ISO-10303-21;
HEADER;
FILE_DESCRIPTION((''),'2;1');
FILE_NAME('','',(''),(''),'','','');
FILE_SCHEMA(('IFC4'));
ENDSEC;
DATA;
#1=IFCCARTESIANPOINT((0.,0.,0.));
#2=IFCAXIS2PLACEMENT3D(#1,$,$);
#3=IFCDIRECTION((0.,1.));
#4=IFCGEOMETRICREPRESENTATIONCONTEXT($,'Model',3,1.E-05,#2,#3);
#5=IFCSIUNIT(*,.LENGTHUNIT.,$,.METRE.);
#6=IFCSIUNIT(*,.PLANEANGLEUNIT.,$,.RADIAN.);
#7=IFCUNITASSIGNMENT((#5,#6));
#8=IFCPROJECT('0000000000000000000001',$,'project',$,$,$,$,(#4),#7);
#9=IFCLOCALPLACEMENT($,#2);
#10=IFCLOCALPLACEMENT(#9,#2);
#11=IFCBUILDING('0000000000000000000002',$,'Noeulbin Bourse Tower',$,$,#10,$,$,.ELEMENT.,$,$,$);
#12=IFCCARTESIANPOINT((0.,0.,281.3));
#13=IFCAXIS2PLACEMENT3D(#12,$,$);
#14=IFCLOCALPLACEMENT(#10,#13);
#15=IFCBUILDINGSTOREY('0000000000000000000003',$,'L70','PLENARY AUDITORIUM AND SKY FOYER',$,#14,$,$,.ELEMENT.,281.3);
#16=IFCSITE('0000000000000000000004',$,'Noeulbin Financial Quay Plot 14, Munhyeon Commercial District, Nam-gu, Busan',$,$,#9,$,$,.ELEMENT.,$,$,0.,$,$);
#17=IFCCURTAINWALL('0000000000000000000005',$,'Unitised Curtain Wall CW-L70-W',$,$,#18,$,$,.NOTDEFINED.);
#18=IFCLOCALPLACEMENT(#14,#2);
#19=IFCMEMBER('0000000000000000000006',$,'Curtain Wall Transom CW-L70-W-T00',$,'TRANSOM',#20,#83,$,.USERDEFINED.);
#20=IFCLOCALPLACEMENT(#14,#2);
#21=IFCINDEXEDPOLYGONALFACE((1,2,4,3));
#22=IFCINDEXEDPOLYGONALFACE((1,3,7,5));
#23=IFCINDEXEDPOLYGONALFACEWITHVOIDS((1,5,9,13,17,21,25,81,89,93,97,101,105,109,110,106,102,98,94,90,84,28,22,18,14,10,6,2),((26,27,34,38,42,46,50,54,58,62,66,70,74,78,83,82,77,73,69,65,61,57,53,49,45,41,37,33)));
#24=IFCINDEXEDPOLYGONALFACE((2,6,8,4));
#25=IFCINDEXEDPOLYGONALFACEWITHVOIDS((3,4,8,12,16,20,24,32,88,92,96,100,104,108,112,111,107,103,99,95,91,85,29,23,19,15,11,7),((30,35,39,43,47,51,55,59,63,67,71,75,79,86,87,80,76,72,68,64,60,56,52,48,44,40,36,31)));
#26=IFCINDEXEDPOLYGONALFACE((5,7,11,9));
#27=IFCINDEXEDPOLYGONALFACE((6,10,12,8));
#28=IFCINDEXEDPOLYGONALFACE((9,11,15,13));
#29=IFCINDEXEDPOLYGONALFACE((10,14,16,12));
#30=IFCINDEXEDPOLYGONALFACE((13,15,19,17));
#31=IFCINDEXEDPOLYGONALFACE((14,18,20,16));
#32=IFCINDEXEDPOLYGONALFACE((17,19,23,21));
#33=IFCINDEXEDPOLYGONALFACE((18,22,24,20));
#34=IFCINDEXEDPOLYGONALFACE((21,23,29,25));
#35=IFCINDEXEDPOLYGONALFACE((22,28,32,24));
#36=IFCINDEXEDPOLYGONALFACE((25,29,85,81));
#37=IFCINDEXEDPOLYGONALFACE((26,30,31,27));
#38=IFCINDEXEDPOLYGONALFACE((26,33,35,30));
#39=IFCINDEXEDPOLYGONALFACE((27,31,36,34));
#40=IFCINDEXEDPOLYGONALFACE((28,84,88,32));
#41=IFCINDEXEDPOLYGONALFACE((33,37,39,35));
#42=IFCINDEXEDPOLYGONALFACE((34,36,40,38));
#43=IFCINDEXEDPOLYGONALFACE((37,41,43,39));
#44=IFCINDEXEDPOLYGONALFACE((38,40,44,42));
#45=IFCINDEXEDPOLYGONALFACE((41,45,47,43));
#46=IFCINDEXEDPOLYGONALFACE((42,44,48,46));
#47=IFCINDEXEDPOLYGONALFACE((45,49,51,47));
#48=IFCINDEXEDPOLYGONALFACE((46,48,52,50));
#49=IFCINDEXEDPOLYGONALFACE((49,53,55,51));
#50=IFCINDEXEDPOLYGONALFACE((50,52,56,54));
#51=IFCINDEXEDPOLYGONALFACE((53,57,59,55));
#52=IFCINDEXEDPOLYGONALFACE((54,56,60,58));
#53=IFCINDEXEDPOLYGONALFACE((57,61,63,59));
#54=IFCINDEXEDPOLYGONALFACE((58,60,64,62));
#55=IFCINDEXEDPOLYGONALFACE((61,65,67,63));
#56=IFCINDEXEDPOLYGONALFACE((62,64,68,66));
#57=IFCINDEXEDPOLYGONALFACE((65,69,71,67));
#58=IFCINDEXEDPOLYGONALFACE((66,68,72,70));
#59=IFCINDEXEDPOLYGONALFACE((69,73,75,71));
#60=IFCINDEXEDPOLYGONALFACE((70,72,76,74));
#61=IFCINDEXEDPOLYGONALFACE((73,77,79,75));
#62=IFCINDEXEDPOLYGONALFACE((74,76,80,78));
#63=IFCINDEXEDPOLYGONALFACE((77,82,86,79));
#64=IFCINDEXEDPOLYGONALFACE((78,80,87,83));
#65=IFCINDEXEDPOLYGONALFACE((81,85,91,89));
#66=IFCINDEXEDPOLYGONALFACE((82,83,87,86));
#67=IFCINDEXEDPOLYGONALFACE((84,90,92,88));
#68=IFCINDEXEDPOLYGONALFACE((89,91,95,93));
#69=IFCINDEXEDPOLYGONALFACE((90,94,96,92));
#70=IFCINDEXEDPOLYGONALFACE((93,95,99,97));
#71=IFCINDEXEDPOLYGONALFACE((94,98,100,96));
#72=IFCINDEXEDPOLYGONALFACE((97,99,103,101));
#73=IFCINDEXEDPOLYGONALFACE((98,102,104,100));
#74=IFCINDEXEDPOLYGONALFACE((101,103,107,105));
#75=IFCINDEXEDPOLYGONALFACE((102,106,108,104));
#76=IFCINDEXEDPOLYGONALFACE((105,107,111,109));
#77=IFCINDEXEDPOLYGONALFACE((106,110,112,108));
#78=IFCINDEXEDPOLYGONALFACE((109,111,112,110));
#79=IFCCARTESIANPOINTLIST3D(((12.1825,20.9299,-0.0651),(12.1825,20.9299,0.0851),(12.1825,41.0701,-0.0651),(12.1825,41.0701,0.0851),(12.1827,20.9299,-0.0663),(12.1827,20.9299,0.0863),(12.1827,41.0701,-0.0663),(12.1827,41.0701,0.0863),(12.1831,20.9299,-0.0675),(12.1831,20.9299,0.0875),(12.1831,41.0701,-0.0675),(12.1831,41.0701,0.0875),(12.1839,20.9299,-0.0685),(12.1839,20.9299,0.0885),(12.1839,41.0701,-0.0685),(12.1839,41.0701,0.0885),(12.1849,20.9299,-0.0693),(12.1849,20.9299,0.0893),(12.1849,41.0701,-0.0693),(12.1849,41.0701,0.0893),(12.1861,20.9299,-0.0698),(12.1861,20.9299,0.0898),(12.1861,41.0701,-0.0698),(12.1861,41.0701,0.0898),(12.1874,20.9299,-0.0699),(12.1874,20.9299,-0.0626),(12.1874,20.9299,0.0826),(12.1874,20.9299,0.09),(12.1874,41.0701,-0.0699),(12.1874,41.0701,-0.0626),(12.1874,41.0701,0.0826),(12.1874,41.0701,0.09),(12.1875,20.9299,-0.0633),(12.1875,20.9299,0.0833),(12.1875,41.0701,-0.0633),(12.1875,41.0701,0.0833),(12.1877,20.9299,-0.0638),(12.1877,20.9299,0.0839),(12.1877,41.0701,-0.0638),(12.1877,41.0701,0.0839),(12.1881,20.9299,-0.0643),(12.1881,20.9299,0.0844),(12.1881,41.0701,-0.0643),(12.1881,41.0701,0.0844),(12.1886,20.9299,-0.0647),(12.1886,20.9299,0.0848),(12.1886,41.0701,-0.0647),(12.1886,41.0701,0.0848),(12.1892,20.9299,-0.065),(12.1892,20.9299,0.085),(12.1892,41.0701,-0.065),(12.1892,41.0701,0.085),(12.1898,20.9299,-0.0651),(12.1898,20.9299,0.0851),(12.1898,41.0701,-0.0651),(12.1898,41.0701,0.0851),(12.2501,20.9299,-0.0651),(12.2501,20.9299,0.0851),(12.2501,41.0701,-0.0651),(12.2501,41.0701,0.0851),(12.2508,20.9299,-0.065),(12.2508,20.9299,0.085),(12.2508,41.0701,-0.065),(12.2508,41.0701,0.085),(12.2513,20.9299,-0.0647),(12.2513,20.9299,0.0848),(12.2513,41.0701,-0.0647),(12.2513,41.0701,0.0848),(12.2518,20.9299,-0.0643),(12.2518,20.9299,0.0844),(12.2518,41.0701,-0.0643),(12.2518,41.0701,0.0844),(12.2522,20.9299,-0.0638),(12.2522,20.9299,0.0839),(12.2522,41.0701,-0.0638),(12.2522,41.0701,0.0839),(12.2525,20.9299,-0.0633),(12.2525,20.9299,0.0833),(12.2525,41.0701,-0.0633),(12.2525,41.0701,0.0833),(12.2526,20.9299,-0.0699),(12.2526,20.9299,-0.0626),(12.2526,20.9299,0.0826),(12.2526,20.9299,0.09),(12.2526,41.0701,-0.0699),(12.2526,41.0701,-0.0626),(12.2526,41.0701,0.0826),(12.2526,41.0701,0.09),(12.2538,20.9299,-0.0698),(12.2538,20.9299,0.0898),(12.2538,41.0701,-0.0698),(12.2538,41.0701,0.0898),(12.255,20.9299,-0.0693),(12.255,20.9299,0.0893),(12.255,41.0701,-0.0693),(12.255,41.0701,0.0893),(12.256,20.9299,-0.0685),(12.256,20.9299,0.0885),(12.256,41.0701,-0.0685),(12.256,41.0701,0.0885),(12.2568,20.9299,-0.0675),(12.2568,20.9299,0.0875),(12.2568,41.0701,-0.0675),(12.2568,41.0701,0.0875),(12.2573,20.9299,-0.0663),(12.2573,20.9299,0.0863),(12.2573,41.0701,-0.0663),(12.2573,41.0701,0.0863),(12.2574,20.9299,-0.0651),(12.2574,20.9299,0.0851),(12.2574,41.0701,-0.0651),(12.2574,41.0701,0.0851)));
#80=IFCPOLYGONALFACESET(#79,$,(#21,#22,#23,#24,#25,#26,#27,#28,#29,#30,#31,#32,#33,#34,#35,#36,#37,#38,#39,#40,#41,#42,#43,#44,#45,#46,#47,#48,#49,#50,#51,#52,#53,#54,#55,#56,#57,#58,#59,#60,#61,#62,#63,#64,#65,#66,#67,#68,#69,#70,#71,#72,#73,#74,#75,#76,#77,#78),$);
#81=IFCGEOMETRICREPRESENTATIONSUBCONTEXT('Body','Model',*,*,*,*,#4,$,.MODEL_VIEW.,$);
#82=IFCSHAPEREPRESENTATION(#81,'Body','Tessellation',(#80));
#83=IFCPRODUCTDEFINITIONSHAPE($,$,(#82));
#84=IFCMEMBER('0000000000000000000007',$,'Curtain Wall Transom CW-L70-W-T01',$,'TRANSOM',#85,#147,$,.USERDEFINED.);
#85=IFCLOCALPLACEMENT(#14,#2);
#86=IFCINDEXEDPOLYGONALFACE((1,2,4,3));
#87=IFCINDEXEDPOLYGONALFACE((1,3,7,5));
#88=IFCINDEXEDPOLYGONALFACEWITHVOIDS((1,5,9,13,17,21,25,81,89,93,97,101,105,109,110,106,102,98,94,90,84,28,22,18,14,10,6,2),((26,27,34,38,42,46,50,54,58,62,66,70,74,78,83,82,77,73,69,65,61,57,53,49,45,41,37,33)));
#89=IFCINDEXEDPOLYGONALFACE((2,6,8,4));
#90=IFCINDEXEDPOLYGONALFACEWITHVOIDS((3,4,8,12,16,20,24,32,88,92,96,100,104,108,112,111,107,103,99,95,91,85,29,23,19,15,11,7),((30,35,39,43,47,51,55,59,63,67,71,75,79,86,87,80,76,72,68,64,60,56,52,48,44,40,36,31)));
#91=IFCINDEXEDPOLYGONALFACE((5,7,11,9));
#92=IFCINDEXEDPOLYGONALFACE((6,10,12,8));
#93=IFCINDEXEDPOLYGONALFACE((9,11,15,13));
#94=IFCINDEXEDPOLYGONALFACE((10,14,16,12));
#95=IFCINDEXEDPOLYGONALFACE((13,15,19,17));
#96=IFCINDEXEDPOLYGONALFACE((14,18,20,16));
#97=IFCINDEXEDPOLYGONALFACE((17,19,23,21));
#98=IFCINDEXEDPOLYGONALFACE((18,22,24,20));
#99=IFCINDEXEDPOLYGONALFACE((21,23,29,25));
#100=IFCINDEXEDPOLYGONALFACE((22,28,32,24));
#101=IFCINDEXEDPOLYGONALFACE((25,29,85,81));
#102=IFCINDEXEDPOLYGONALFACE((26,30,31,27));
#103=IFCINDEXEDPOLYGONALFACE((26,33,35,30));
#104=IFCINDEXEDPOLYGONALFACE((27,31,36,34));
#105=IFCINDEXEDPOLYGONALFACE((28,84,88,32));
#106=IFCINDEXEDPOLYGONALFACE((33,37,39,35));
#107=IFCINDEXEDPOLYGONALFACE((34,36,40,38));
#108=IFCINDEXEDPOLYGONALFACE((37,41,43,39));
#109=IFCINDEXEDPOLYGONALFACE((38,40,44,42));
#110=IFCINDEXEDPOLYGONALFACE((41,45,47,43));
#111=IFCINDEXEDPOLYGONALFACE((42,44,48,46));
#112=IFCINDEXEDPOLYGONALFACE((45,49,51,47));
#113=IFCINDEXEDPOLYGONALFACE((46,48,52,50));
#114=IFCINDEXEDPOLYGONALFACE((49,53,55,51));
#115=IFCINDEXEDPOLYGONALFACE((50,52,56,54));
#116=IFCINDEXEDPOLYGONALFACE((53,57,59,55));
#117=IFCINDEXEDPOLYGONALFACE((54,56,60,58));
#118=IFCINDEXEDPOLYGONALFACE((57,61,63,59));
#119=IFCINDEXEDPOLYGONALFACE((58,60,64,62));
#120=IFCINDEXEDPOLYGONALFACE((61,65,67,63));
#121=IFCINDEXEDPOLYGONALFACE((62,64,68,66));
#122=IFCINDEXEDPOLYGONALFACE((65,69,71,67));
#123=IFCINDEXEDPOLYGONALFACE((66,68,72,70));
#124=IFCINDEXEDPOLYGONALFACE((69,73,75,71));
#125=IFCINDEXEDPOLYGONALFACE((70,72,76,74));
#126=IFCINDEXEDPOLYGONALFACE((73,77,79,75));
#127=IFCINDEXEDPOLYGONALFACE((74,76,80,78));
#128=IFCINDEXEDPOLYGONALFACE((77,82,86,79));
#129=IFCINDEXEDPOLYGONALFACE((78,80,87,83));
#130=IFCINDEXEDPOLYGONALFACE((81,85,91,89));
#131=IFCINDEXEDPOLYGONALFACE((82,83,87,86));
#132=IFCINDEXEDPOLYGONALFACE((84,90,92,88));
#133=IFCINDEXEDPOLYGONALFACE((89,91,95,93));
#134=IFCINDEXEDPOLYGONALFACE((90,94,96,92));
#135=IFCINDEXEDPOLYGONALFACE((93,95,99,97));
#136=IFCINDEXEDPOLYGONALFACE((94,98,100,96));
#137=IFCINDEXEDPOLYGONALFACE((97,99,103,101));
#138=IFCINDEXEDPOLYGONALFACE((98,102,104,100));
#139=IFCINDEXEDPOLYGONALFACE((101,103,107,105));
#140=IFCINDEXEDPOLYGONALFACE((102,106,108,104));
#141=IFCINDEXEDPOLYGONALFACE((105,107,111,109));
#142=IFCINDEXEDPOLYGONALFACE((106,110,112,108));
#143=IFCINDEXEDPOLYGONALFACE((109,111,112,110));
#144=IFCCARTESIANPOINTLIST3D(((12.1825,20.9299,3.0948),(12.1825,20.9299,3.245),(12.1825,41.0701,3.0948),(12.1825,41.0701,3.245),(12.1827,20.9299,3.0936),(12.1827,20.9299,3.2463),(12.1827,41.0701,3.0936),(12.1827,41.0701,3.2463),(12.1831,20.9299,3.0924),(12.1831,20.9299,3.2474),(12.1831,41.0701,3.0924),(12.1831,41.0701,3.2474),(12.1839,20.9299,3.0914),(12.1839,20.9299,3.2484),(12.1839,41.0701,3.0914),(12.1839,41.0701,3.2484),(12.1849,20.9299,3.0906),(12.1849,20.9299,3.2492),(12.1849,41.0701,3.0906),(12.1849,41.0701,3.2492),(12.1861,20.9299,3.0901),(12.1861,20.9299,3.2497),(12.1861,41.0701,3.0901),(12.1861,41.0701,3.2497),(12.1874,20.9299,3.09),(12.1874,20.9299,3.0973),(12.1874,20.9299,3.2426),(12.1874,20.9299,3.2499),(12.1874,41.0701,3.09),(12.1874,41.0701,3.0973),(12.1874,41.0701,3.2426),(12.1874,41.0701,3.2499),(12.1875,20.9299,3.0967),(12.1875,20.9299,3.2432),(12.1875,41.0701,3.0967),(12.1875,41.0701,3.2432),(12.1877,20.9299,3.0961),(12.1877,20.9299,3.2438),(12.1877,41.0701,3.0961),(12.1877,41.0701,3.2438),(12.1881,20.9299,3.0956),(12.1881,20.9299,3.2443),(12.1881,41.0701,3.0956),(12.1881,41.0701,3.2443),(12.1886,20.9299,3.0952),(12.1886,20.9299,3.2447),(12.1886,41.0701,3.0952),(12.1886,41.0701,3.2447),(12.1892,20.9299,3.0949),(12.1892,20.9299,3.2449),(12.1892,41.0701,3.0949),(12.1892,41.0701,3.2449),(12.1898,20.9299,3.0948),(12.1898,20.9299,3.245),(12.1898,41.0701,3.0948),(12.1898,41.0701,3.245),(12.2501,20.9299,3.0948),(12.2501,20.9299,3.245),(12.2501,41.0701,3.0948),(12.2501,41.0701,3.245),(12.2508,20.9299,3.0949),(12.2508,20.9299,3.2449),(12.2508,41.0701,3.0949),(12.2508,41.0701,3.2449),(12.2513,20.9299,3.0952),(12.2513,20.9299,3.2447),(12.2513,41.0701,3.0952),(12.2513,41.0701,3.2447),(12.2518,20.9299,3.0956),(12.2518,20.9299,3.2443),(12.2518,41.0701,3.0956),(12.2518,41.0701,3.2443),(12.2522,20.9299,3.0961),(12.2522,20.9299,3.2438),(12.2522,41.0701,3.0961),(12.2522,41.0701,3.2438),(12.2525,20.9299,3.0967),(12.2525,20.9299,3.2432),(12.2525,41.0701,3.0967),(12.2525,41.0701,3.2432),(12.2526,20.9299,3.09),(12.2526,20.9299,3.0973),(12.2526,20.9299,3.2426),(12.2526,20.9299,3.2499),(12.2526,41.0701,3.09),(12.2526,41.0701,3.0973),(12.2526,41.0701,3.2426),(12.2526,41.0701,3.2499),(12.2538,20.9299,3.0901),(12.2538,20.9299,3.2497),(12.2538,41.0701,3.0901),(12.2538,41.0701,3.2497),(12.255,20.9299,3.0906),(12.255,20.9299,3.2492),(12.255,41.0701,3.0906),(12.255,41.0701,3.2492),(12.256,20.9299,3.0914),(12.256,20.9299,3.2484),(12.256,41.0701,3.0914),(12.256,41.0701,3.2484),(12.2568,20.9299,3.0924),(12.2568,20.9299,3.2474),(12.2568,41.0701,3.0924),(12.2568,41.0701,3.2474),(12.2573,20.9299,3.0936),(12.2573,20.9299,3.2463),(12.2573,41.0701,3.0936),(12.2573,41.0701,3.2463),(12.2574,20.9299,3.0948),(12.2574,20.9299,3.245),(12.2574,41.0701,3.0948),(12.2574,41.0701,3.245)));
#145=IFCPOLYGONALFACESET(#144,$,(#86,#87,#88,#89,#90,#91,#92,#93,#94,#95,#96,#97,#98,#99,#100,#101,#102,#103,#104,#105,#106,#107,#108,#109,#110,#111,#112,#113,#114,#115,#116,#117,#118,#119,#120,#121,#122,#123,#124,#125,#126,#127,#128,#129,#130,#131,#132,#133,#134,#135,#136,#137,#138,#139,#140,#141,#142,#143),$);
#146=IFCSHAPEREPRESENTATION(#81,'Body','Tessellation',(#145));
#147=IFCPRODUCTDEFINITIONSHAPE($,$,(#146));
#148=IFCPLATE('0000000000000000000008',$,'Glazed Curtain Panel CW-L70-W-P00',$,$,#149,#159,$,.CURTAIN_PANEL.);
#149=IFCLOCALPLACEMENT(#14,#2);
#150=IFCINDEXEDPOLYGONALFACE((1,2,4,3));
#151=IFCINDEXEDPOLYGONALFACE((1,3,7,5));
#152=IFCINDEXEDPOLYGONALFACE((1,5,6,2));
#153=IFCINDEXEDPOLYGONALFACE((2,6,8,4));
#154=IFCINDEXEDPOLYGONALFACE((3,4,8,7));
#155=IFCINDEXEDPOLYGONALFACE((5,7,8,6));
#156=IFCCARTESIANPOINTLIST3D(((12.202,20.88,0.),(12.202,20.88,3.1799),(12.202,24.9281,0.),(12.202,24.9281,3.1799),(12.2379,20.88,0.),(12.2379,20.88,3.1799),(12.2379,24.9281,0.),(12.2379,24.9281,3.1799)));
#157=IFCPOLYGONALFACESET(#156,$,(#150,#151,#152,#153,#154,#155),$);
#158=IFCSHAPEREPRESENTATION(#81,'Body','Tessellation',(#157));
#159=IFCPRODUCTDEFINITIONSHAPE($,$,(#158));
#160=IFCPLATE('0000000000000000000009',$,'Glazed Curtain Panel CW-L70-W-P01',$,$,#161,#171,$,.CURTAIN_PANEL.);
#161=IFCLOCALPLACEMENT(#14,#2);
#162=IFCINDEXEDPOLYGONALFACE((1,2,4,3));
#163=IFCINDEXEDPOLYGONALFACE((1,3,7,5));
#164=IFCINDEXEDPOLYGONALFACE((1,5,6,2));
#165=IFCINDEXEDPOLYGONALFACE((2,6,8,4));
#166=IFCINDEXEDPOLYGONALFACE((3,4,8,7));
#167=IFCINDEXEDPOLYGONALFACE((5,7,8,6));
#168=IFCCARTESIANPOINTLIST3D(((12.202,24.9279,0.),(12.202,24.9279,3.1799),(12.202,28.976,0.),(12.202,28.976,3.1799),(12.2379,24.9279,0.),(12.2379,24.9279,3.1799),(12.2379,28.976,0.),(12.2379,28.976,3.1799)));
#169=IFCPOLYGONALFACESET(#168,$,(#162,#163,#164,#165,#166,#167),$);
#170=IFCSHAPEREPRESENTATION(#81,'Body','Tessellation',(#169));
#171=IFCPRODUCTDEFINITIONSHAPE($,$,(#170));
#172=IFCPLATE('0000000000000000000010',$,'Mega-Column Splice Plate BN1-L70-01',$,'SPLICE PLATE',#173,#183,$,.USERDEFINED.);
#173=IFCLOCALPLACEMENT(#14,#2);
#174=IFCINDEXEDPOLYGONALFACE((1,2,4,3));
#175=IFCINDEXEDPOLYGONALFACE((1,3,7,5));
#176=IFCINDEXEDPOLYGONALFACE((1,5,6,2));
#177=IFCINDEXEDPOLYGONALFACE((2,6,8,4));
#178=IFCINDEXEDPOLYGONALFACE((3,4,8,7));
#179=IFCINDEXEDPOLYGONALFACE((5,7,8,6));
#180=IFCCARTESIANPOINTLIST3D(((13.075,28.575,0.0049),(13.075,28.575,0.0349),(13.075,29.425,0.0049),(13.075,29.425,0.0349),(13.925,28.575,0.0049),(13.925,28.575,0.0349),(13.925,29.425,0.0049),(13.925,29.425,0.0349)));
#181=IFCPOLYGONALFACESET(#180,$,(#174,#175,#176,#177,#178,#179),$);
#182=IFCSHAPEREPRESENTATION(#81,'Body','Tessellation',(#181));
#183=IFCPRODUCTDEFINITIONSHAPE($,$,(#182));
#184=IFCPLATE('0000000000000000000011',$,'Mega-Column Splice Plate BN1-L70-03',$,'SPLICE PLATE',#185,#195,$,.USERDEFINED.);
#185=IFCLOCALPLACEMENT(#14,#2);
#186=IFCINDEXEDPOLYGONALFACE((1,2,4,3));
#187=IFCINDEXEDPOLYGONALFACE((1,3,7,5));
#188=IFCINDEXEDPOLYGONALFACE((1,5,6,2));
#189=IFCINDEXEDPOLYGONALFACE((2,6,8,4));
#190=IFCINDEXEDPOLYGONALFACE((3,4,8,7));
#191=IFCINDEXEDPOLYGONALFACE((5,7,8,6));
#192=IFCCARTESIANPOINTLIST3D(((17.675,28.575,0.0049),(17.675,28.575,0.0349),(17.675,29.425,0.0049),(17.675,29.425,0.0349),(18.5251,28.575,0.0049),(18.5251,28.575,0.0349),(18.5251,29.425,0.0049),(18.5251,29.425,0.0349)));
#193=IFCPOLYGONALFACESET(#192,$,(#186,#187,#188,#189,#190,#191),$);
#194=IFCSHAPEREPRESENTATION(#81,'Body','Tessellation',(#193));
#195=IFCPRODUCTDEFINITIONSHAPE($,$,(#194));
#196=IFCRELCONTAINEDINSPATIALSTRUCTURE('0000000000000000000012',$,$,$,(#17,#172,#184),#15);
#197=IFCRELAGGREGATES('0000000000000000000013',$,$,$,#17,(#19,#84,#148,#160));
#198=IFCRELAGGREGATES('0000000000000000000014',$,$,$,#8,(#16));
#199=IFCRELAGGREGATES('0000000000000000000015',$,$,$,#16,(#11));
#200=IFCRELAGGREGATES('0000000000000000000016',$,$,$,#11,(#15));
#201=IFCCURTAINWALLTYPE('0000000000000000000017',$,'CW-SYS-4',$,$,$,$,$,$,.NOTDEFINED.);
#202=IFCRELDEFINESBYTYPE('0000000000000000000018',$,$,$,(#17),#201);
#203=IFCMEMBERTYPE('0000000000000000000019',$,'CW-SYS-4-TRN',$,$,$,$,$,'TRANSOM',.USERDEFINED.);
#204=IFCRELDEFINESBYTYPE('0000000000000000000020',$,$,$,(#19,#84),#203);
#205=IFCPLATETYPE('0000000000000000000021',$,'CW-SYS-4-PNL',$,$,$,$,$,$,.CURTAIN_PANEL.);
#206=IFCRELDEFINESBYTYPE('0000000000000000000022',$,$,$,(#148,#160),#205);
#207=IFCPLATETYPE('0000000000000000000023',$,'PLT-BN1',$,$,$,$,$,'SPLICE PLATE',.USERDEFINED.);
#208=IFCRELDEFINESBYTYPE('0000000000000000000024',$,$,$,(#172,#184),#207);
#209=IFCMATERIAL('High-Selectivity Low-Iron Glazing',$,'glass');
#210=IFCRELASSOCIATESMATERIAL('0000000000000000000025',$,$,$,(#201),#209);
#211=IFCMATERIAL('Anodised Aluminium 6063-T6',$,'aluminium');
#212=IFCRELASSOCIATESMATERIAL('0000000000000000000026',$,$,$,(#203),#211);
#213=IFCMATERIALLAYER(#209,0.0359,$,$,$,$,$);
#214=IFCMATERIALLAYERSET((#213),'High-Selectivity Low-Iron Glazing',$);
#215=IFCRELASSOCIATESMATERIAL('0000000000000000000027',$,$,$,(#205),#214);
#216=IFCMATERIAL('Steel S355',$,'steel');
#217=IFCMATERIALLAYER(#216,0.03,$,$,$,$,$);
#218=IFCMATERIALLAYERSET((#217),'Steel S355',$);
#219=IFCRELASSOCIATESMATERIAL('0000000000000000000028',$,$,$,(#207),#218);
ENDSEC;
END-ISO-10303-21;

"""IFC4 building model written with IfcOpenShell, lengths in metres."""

from ifc_helpers import new_model, si_unit, direction, frame, origin, origin_2d, place, context, subcontext, project, spatial, rectangle, hollow_rectangle, extrude, material, layer, layer_set, material_profile, profile_set, type_object, element, aggregate, save


model = new_model("IFC4")

# Units and contexts
model_context = context("Model", 3, precision=1e-05, world=origin(), true_north=direction((0.0, 1.0)))
body_context = subcontext(model_context, "Body", "Model", "MODEL_VIEW")
ifc_project = project(units=[si_unit("LENGTHUNIT", "METRE"), si_unit("PLANEANGLEUNIT", "RADIAN")], contexts=[model_context])

# Site, building, storey
site_placement = place(None, origin())
site = spatial("IfcSite", under=ifc_project, at=site_placement, Name="Noeulbin Financial Quay Plot 14, Munhyeon Commercial District, Nam-gu, Busan", CompositionType="ELEMENT", RefElevation=0.0)
building_placement = place(site_placement, origin())
building = spatial("IfcBuilding", under=site, at=building_placement, Name="Noeulbin Bourse Tower", CompositionType="ELEMENT")
storey_placement = place(building_placement, frame((0.0, 0.0, 281.3)))
storey = spatial("IfcBuildingStorey", under=building, at=storey_placement, Name="L70", Description="PLENARY AUDITORIUM AND SKY FOYER", CompositionType="ELEMENT", Elevation=281.3)

# Shared definitions
ifc_material_1 = material(Name="Steel S355", Category="steel")

# Curtain wall, members, plates
ifc_material_2 = material(Name="High-Selectivity Low-Iron Glazing", Category="glass")
curtain_wall_type = type_object("IfcCurtainWallType", Name="CW-SYS-4", PredefinedType="NOTDEFINED", material=ifc_material_2)
curtain_wall_placement = place(storey_placement, origin())
curtain_wall = element("IfcCurtainWall", 1, at=curtain_wall_placement, inside=storey, type_object=curtain_wall_type, Name="Unitised Curtain Wall CW-L70-W", PredefinedType="NOTDEFINED")
ifc_material_3 = material(Name="Anodised Aluminium 6063-T6", Category="aluminium")
ifc_material_profile_1 = material_profile(ifc_material_3, hollow_rectangle(XDim=0.075, YDim=0.1599, WallThickness=0.0049, InnerFilletRadius=0.0024, OuterFilletRadius=0.0049, at=origin_2d()), Name="ALU-TRAN-75x160x5", Category="LoadBearing")
ifc_profile_set_1 = profile_set([ifc_material_profile_1], Name="Anodised Aluminium 6063-T6")
member_type_1 = type_object("IfcMemberType", Name="CW-SYS-4-TRN", ElementType="TRANSOM", PredefinedType="USERDEFINED", material=ifc_profile_set_1)
member_1_placement = place(storey_placement, frame((12.22, 20.9299, 0.01), z_axis=(0.0, 1.0, 0.0), x_axis=(-1.0, 0.0, 0.0)))
member_1 = element("IfcMember", 2, at=member_1_placement, type_object=member_type_1, Name="Curtain Wall Transom CW-L70-W-T00", ObjectType="TRANSOM", PredefinedType="USERDEFINED", context=body_context, shape_type="SweptSolid", body=[
    extrude(hollow_rectangle(XDim=0.075, YDim=0.1599, WallThickness=0.0049, InnerFilletRadius=0.0024, OuterFilletRadius=0.0049, at=origin_2d()), origin(), (0.0, 0.0, 1.0), 20.1401),
])
member_2_placement = place(storey_placement, frame((12.22, 20.9299, 3.1699), z_axis=(0.0, 1.0, 0.0), x_axis=(-1.0, 0.0, 0.0)))
member_2 = element("IfcMember", 3, at=member_2_placement, type_object=member_type_1, Name="Curtain Wall Transom CW-L70-W-T01", ObjectType="TRANSOM", PredefinedType="USERDEFINED", context=body_context, shape_type="SweptSolid", body=[
    extrude(hollow_rectangle(XDim=0.075, YDim=0.1599, WallThickness=0.0049, InnerFilletRadius=0.0024, OuterFilletRadius=0.0049, at=origin_2d()), origin(), (0.0, 0.0, 1.0), 20.1401),
])
ifc_layer_1 = layer(ifc_material_2, 0.0359)
ifc_layer_set_1 = layer_set([ifc_layer_1], Name="High-Selectivity Low-Iron Glazing")
plate_type_1 = type_object("IfcPlateType", Name="CW-SYS-4-PNL", PredefinedType="CURTAIN_PANEL", material=ifc_layer_set_1)
plate_1_placement = place(storey_placement, frame((12.22, 22.9041, 0.0), z_axis=(0.0, 0.0, 1.0), x_axis=(0.0, 1.0, 0.0)))
plate_1 = element("IfcPlate", 4, at=plate_1_placement, type_object=plate_type_1, Name="Glazed Curtain Panel CW-L70-W-P00", PredefinedType="CURTAIN_PANEL", context=body_context, shape_type="SweptSolid", body=[
    extrude(rectangle(XDim=4.0481, YDim=0.0359, at=origin_2d()), origin(), (0.0, 0.0, 1.0), 3.1799),
])
plate_2_placement = place(storey_placement, frame((12.22, 26.9519, 0.0), z_axis=(0.0, 0.0, 1.0), x_axis=(0.0, 1.0, 0.0)))
plate_2 = element("IfcPlate", 5, at=plate_2_placement, type_object=plate_type_1, Name="Glazed Curtain Panel CW-L70-W-P01", PredefinedType="CURTAIN_PANEL", context=body_context, shape_type="SweptSolid", body=[
    extrude(rectangle(XDim=4.0481, YDim=0.0359, at=origin_2d()), origin(), (0.0, 0.0, 1.0), 3.1799),
])
aggregate(curtain_wall, [member_1, member_2, plate_1, plate_2])

# Plates
ifc_layer_2 = layer(ifc_material_1, 0.03)
ifc_layer_set_2 = layer_set([ifc_layer_2], Name="Steel S355")
plate_type_2 = type_object("IfcPlateType", Name="PLT-BN1", ElementType="SPLICE PLATE", PredefinedType="USERDEFINED", material=ifc_layer_set_2)
for number, where, z_axis, x_axis, name in (
    (6, (13.5, 29.0, 0.0049), (0.0, 0.0, 1.0), (1.0, 0.0, 0.0), "Mega-Column Splice Plate BN1-L70-01"),
    (7, (18.1001, 29.0, 0.0049), (0.0, 0.0, 1.0), (1.0, 0.0, 0.0), "Mega-Column Splice Plate BN1-L70-03"),
):
    element("IfcPlate", number, at=place(storey_placement, frame(where, z_axis=z_axis, x_axis=x_axis)), inside=storey, type_object=plate_type_2, Name=name, ObjectType="SPLICE PLATE", PredefinedType="USERDEFINED", context=body_context, shape_type="SweptSolid", body=[
        extrude(rectangle(XDim=0.8501, YDim=0.8501, at=origin_2d()), origin(), (0.0, 0.0, 1.0), 0.03),
    ])

save(model, "model.ifc")
